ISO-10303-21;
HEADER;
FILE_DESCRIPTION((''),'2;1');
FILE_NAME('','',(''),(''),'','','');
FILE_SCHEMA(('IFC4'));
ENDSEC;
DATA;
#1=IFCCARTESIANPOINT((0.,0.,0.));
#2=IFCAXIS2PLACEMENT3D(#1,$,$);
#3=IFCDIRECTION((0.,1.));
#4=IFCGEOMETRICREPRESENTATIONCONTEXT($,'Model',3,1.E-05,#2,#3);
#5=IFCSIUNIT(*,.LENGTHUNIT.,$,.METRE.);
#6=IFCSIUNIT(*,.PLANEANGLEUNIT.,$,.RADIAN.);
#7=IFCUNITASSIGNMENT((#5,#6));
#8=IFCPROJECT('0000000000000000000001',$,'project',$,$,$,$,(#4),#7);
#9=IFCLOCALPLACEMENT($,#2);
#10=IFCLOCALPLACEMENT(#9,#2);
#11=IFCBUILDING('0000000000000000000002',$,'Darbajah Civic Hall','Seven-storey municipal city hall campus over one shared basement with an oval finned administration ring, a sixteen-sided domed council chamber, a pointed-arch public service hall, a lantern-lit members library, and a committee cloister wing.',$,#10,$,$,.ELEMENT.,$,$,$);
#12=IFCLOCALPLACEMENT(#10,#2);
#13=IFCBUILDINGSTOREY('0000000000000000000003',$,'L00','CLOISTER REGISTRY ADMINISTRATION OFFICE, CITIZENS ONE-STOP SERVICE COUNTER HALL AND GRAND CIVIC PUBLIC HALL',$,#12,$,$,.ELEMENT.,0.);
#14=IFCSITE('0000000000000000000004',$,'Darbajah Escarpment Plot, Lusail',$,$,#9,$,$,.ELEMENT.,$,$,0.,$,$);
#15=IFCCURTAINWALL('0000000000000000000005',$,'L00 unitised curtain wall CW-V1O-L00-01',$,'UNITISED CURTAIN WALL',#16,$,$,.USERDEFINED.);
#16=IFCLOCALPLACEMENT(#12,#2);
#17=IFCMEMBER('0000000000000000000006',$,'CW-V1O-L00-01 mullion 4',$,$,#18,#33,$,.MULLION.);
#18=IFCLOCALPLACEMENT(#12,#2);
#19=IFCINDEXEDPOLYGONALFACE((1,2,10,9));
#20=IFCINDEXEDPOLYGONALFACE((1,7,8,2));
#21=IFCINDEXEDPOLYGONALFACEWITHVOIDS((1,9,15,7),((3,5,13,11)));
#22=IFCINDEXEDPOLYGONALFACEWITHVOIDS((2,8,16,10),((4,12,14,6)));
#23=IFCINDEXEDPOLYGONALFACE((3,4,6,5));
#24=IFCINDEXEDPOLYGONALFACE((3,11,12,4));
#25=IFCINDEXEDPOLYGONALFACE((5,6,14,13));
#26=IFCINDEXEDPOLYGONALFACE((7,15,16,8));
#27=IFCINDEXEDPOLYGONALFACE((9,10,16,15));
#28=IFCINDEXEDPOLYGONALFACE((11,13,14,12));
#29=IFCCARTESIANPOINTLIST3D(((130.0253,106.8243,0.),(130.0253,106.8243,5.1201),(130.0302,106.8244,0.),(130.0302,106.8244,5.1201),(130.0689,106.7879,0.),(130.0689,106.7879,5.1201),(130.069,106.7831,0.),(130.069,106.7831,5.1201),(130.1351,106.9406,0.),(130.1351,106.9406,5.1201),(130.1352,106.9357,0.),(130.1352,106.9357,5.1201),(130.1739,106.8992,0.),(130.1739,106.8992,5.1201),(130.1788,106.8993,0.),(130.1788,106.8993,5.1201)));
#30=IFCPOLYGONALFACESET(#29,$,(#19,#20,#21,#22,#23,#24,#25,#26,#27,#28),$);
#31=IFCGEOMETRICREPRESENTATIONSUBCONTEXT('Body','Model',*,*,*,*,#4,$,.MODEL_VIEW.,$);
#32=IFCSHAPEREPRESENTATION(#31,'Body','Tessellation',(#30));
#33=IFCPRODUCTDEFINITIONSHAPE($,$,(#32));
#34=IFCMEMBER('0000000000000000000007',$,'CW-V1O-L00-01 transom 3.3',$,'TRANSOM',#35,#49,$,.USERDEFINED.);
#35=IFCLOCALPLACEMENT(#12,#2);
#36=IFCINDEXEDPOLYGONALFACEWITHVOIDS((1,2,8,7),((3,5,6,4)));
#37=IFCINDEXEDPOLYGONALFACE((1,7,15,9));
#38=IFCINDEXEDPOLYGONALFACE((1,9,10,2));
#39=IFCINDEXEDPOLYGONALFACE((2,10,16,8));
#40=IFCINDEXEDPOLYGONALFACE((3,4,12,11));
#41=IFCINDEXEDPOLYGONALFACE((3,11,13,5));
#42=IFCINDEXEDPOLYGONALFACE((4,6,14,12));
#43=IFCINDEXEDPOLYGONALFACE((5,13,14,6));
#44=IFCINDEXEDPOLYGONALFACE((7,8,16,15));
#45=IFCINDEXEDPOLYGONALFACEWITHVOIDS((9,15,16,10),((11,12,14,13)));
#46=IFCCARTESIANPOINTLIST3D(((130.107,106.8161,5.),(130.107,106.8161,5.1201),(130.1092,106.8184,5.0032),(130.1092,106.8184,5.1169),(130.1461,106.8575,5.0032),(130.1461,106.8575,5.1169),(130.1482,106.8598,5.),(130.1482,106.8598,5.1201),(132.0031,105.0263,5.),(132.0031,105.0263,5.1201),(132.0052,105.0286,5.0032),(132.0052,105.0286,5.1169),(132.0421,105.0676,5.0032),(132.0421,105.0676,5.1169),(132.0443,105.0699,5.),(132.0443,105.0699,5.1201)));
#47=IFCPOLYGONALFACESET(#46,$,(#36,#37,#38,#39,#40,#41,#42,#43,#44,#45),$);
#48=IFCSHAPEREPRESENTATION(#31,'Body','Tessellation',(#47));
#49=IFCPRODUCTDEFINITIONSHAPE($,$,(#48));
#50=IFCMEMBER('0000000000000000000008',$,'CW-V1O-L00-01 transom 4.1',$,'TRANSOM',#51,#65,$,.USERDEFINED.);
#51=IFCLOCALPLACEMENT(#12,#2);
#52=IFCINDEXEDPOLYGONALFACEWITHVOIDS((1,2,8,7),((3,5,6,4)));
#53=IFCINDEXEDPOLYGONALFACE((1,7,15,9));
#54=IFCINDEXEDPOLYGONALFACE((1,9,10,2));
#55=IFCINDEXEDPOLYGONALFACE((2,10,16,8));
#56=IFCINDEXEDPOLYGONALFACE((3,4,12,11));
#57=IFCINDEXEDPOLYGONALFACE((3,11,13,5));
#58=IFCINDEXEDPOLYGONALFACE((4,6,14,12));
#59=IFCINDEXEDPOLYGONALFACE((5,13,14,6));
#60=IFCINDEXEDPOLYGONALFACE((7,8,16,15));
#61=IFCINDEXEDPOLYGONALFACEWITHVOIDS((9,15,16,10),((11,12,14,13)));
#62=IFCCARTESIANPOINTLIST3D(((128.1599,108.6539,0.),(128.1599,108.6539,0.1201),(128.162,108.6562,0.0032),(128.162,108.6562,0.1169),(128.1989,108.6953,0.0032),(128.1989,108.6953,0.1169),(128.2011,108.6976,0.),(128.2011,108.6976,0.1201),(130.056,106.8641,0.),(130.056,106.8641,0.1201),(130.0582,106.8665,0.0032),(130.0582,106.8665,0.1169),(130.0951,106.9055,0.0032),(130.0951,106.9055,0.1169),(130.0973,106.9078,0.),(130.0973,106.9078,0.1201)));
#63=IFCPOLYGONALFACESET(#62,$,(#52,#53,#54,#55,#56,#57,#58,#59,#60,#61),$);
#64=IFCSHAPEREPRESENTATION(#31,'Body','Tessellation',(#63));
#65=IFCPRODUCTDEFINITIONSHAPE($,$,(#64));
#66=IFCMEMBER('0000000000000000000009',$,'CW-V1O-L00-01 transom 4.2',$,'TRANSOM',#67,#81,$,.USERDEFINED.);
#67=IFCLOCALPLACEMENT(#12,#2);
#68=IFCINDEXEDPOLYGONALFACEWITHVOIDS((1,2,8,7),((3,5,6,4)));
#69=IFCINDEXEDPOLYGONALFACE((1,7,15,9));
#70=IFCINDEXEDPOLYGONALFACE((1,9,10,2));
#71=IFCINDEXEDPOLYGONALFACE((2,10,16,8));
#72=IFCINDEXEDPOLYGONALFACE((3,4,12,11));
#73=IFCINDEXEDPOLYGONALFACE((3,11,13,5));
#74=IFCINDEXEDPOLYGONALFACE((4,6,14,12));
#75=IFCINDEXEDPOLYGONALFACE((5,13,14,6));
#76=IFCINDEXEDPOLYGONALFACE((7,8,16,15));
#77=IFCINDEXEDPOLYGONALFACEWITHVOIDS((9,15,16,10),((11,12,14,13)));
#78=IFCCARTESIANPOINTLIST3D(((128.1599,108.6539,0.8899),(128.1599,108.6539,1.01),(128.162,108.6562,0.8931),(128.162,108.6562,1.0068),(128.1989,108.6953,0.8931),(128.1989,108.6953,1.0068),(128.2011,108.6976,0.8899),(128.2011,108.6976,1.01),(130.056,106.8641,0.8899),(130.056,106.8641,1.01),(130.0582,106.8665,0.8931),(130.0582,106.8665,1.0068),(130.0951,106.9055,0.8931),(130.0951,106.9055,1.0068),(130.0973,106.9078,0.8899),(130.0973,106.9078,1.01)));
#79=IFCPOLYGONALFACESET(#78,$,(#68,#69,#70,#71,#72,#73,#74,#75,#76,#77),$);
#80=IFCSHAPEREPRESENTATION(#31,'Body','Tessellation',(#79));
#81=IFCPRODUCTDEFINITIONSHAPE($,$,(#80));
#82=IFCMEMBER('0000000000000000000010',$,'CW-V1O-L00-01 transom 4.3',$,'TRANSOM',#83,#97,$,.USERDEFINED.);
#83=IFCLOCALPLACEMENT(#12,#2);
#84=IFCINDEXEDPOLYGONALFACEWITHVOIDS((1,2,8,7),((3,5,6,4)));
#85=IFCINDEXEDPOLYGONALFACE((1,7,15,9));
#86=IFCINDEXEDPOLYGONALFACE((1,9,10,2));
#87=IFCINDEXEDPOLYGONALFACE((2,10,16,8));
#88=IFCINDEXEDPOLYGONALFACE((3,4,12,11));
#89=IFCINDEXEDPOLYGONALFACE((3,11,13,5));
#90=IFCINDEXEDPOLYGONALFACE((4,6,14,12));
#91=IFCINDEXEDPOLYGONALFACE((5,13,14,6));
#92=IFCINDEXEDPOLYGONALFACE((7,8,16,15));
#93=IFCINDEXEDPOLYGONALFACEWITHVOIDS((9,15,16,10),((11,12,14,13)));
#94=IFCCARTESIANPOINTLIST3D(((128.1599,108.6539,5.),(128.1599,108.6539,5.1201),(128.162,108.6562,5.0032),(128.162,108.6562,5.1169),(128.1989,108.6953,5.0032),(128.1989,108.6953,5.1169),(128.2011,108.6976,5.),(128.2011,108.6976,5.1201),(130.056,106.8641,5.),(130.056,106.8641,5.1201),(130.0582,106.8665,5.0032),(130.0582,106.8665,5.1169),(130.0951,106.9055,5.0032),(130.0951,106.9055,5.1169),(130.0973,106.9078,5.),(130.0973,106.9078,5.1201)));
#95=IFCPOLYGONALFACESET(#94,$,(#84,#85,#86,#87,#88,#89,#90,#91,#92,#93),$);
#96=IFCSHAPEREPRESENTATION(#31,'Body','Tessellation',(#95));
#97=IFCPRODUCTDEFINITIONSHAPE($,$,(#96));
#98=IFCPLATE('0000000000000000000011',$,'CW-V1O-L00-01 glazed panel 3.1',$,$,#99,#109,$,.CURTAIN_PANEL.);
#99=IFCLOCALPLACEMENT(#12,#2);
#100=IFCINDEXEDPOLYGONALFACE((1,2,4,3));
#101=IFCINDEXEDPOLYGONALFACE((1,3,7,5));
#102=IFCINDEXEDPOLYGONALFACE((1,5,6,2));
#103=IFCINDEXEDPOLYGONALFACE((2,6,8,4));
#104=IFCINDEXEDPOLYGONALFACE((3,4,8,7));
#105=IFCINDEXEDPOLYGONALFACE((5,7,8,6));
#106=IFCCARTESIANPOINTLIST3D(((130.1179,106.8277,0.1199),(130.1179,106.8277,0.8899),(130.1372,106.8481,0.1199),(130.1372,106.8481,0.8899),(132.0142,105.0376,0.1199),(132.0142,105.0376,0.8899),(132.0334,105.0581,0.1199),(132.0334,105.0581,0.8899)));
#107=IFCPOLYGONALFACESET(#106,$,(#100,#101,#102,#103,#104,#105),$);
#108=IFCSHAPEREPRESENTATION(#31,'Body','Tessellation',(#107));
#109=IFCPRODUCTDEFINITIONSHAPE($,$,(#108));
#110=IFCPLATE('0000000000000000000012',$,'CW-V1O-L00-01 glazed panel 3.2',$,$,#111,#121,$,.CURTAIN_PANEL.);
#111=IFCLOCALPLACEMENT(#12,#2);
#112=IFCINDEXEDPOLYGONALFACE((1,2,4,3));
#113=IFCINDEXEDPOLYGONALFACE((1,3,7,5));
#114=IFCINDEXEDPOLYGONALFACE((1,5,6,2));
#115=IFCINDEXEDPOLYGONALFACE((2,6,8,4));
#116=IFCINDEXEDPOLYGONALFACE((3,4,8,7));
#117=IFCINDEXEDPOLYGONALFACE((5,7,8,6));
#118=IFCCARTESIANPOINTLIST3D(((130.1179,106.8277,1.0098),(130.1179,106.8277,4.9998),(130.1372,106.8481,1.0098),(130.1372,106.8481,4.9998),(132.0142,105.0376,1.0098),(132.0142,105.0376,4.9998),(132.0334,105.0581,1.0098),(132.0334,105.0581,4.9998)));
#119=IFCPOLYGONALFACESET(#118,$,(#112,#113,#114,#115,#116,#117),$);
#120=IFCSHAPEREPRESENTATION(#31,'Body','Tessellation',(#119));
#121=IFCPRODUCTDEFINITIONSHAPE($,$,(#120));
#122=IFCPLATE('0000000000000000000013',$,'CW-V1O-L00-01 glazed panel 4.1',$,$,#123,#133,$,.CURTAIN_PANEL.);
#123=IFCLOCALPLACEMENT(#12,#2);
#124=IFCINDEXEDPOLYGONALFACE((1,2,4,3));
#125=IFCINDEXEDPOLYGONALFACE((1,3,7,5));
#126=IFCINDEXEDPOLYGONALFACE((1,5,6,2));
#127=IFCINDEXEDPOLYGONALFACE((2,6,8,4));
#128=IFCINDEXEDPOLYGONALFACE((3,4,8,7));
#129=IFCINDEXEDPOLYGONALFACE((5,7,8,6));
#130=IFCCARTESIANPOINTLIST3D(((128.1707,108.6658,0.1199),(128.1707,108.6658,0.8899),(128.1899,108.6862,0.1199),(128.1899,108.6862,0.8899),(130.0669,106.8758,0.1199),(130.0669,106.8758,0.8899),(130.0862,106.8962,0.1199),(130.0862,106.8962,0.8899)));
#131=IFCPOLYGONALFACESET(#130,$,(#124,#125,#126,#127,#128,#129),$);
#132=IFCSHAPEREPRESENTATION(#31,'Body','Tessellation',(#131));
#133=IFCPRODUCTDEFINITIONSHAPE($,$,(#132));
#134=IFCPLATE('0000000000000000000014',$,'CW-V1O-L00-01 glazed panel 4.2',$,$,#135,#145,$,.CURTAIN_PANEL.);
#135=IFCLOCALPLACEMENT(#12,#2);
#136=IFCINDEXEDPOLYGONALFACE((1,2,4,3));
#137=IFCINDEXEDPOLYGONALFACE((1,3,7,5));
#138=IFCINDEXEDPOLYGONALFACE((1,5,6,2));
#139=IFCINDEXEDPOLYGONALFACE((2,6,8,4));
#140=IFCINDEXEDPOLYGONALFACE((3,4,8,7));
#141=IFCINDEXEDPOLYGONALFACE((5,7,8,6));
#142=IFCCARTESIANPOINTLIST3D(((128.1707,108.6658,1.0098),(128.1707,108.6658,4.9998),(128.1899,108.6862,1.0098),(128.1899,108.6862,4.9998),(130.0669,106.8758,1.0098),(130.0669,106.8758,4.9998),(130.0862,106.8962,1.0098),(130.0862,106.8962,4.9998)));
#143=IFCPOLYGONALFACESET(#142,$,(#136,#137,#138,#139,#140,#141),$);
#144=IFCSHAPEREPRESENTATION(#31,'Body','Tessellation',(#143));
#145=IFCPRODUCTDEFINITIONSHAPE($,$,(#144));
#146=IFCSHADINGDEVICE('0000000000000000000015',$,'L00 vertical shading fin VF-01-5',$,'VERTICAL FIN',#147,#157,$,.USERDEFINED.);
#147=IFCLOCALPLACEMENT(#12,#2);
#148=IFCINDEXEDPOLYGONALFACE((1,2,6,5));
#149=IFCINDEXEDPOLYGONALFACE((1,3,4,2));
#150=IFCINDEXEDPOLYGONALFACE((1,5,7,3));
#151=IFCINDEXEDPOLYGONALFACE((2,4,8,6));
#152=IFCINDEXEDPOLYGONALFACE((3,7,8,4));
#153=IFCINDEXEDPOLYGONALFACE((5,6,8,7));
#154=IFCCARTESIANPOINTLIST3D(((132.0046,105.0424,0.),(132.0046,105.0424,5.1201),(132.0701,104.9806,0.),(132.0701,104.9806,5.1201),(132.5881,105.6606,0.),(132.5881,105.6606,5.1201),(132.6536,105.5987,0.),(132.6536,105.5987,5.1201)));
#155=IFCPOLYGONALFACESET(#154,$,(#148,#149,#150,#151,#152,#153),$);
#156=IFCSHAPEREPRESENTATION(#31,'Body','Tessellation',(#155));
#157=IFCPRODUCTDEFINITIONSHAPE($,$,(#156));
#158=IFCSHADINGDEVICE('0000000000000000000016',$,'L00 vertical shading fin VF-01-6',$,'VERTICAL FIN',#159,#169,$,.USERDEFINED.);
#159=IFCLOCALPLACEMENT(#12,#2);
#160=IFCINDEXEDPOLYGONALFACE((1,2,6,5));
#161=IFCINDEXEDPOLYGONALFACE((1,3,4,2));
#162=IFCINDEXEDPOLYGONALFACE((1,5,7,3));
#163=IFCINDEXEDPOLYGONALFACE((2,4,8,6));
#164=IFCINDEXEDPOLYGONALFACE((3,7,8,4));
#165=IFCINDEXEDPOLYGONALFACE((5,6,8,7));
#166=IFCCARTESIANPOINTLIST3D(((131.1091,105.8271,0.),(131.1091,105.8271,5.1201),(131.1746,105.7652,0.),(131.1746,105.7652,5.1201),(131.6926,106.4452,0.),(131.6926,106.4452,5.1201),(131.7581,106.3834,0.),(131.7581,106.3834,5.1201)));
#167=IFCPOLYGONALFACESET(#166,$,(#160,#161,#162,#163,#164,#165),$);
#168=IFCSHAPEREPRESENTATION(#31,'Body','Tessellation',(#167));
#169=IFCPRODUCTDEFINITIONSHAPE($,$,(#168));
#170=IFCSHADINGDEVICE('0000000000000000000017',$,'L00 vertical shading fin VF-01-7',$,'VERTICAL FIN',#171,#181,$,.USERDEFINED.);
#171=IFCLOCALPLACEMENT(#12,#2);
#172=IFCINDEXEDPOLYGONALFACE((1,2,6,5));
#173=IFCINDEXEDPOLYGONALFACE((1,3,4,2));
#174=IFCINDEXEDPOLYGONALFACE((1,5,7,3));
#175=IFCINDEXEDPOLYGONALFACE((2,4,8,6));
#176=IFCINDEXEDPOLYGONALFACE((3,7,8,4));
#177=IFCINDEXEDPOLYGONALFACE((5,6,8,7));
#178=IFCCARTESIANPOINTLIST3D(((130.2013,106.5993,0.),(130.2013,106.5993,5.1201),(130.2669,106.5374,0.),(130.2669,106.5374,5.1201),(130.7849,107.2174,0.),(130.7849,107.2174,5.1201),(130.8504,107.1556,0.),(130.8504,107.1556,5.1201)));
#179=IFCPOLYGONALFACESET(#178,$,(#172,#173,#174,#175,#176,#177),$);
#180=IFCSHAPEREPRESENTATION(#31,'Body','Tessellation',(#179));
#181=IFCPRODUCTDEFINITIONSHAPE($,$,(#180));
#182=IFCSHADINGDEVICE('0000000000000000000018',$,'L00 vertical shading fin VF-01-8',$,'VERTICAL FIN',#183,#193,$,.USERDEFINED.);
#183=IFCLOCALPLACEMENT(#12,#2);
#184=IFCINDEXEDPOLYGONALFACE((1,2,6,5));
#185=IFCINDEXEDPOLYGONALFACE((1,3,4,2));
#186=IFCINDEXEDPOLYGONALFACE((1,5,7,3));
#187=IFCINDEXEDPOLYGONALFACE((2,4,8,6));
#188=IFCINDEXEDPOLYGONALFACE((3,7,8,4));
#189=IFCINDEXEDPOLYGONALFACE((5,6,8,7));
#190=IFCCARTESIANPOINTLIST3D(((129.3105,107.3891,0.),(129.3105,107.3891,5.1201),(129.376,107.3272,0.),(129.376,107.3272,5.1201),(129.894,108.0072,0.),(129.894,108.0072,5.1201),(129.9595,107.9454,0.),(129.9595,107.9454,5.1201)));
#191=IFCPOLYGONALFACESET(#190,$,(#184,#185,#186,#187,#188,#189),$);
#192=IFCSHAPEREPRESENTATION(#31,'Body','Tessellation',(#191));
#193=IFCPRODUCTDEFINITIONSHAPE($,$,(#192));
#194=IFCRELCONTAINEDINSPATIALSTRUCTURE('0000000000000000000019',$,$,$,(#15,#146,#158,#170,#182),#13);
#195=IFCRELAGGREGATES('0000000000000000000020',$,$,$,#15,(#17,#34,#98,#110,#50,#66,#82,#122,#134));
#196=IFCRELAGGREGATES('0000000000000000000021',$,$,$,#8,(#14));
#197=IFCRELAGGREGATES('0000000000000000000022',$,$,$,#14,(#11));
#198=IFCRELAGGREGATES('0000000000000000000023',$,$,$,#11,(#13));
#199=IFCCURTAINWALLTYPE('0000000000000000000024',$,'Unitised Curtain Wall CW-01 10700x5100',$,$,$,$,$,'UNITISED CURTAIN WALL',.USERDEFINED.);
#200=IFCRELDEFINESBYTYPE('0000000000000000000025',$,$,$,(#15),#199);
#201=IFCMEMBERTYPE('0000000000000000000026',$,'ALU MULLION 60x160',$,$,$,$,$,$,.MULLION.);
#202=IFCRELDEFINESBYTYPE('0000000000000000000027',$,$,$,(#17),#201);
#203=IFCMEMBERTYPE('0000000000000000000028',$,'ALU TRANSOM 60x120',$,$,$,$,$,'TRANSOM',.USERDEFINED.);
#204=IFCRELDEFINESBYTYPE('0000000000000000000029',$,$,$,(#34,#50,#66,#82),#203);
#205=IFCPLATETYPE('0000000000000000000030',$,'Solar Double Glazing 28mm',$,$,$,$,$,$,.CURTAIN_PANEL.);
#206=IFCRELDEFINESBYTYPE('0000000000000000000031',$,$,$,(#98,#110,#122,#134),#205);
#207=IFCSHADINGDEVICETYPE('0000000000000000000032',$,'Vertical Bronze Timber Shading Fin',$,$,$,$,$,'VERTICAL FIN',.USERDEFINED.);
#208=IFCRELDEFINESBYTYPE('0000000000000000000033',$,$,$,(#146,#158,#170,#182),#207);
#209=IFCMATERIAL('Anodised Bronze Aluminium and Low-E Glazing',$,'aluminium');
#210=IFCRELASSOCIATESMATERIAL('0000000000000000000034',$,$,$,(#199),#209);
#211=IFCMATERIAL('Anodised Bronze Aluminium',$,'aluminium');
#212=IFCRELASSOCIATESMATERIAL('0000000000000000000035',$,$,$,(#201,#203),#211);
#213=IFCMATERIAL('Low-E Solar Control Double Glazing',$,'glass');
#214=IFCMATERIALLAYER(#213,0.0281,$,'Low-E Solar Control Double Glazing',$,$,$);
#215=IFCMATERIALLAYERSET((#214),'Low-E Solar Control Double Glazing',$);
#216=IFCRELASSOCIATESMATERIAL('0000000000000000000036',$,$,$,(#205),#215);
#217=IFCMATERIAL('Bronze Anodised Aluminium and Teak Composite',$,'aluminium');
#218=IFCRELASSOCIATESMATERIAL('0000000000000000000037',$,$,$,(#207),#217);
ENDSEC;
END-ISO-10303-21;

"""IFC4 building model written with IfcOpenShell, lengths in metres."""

from ifc_helpers import new_model, si_unit, direction, frame, origin, origin_2d, place, context, subcontext, project, spatial, rectangle, hollow_rectangle, extrude, material, layer, layer_set, material_profile, profile_set, type_object, element, aggregate, save


model = new_model("IFC4")

# Units and contexts
model_context = context("Model", 3, precision=1e-05, world=origin(), true_north=direction((0.0, 1.0)))
body_context = subcontext(model_context, "Body", "Model", "MODEL_VIEW")
ifc_project = project(units=[si_unit("LENGTHUNIT", "METRE"), si_unit("PLANEANGLEUNIT", "RADIAN")], contexts=[model_context])

# Site, building, storey
site_placement = place(None, origin())
site = spatial("IfcSite", under=ifc_project, at=site_placement, Name="Darbajah Escarpment Plot, Lusail", CompositionType="ELEMENT", RefElevation=0.0)
building_placement = place(site_placement, origin())
building = spatial("IfcBuilding", under=site, at=building_placement, Name="Darbajah Civic Hall", Description="Seven-storey municipal city hall campus over one shared basement with an oval finned administration ring, a sixteen-sided domed council chamber, a pointed-arch public service hall, a lantern-lit members library, and a committee cloister wing.", CompositionType="ELEMENT")
storey_placement = place(building_placement, origin())
storey = spatial("IfcBuildingStorey", under=building, at=storey_placement, Name="L00", Description="CLOISTER REGISTRY ADMINISTRATION OFFICE, CITIZENS ONE-STOP SERVICE COUNTER HALL AND GRAND CIVIC PUBLIC HALL", CompositionType="ELEMENT", Elevation=0.0)

# Curtain wall, members, plates
ifc_material_1 = material(Name="Anodised Bronze Aluminium and Low-E Glazing", Category="aluminium")
curtain_wall_type = type_object("IfcCurtainWallType", Name="Unitised Curtain Wall CW-01 10700x5100", ElementType="UNITISED CURTAIN WALL", PredefinedType="USERDEFINED", material=ifc_material_1)
curtain_wall_placement = place(storey_placement, origin())
curtain_wall = element("IfcCurtainWall", 1, at=curtain_wall_placement, inside=storey, type_object=curtain_wall_type, Name="L00 unitised curtain wall CW-V1O-L00-01", ObjectType="UNITISED CURTAIN WALL", PredefinedType="USERDEFINED")
ifc_material_2 = material(Name="Anodised Bronze Aluminium", Category="aluminium")
ifc_material_profile_1 = material_profile(ifc_material_2, hollow_rectangle(XDim=0.0601, YDim=0.1599, WallThickness=0.0034, at=origin_2d()), Name="ALU MULLION 60x160")
ifc_profile_set_1 = profile_set([ifc_material_profile_1], Name="Anodised Bronze Aluminium")
member_type_1 = type_object("IfcMemberType", Name="ALU MULLION 60x160", PredefinedType="MULLION", material=ifc_profile_set_1)
member_1_placement = place(storey_placement, frame((130.1021, 106.8618, 0.0), z_axis=(0.0, 0.0, 1.0), x_axis=(-0.727174, 0.686453, 0.0)))
member_1 = element("IfcMember", 2, at=member_1_placement, type_object=member_type_1, Name="CW-V1O-L00-01 mullion 4", PredefinedType="MULLION", context=body_context, shape_type="SweptSolid", body=[
    extrude(hollow_rectangle(XDim=0.0601, YDim=0.1599, WallThickness=0.0034, at=origin_2d()), origin(), (0.0, 0.0, 1.0), 5.1201),
])
ifc_material_profile_2 = material_profile(ifc_material_2, hollow_rectangle(XDim=0.0601, YDim=0.1201, WallThickness=0.0032, at=origin_2d()), Name="ALU TRANSOM 60x120")
ifc_profile_set_2 = profile_set([ifc_material_profile_2], Name="Anodised Bronze Aluminium")
member_type_2 = type_object("IfcMemberType", Name="ALU TRANSOM 60x120", ElementType="TRANSOM", PredefinedType="USERDEFINED", material=ifc_profile_set_2)
member_2_placement = place(storey_placement, frame((132.0237, 105.0481, 5.0601), z_axis=(-0.727179, 0.686448, 0.0), x_axis=(-0.686448, -0.727179, 0.0)))
member_2 = element("IfcMember", 3, at=member_2_placement, type_object=member_type_2, Name="CW-V1O-L00-01 transom 3.3", ObjectType="TRANSOM", PredefinedType="USERDEFINED", context=body_context, shape_type="SweptSolid", body=[
    extrude(hollow_rectangle(XDim=0.0601, YDim=0.1201, WallThickness=0.0032, at=origin_2d()), origin(), (0.0, 0.0, 1.0), 2.6074),
])
member_3_placement = place(storey_placement, frame((130.0767, 106.886, 0.0601), z_axis=(-0.727223, 0.686401, 0.0), x_axis=(-0.686401, -0.727223, 0.0)))
member_3 = element("IfcMember", 4, at=member_3_placement, type_object=member_type_2, Name="CW-V1O-L00-01 transom 4.1", ObjectType="TRANSOM", PredefinedType="USERDEFINED", context=body_context, shape_type="SweptSolid", body=[
    extrude(hollow_rectangle(XDim=0.0601, YDim=0.1201, WallThickness=0.0032, at=origin_2d()), origin(), (0.0, 0.0, 1.0), 2.6074),
])
member_4_placement = place(storey_placement, frame((130.0767, 106.886, 0.95), z_axis=(-0.727223, 0.686401, 0.0), x_axis=(-0.686401, -0.727223, 0.0)))
member_4 = element("IfcMember", 5, at=member_4_placement, type_object=member_type_2, Name="CW-V1O-L00-01 transom 4.2", ObjectType="TRANSOM", PredefinedType="USERDEFINED", context=body_context, shape_type="SweptSolid", body=[
    extrude(hollow_rectangle(XDim=0.0601, YDim=0.1201, WallThickness=0.0032, at=origin_2d()), origin(), (0.0, 0.0, 1.0), 2.6074),
])
member_5_placement = place(storey_placement, frame((130.0767, 106.886, 5.0601), z_axis=(-0.727223, 0.686401, 0.0), x_axis=(-0.686401, -0.727223, 0.0)))
member_5 = element("IfcMember", 6, at=member_5_placement, type_object=member_type_2, Name="CW-V1O-L00-01 transom 4.3", ObjectType="TRANSOM", PredefinedType="USERDEFINED", context=body_context, shape_type="SweptSolid", body=[
    extrude(hollow_rectangle(XDim=0.0601, YDim=0.1201, WallThickness=0.0032, at=origin_2d()), origin(), (0.0, 0.0, 1.0), 2.6074),
])
ifc_material_3 = material(Name="Low-E Solar Control Double Glazing", Category="glass")
ifc_layer = layer(ifc_material_3, 0.0281, Name="Low-E Solar Control Double Glazing")
ifc_layer_set = layer_set([ifc_layer], Name="Low-E Solar Control Double Glazing")
plate_type = type_object("IfcPlateType", Name="Solar Double Glazing 28mm", PredefinedType="CURTAIN_PANEL", material=ifc_layer_set)
plate_1_placement = place(storey_placement, frame((131.0757, 105.9429, 0.1199), z_axis=(0.0, 0.0, 1.0), x_axis=(-0.727174, 0.686453, 0.0)))
plate_1 = element("IfcPlate", 7, at=plate_1_placement, type_object=plate_type, Name="CW-V1O-L00-01 glazed panel 3.1", PredefinedType="CURTAIN_PANEL", context=body_context, shape_type="SweptSolid", body=[
    extrude(rectangle(XDim=2.6077, YDim=0.0281, at=origin_2d()), origin(), (0.0, 0.0, 1.0), 0.77),
])
plate_2_placement = place(storey_placement, frame((131.0757, 105.9429, 1.0098), z_axis=(0.0, 0.0, 1.0), x_axis=(-0.727174, 0.686453, 0.0)))
plate_2 = element("IfcPlate", 8, at=plate_2_placement, type_object=plate_type, Name="CW-V1O-L00-01 glazed panel 3.2", PredefinedType="CURTAIN_PANEL", context=body_context, shape_type="SweptSolid", body=[
    extrude(rectangle(XDim=2.6077, YDim=0.0281, at=origin_2d()), origin(), (0.0, 0.0, 1.0), 3.99),
])
plate_3_placement = place(storey_placement, frame((129.1284, 107.781, 0.1199), z_axis=(0.0, 0.0, 1.0), x_axis=(-0.727174, 0.686453, 0.0)))
plate_3 = element("IfcPlate", 9, at=plate_3_placement, type_object=plate_type, Name="CW-V1O-L00-01 glazed panel 4.1", PredefinedType="CURTAIN_PANEL", context=body_context, shape_type="SweptSolid", body=[
    extrude(rectangle(XDim=2.6077, YDim=0.0281, at=origin_2d()), origin(), (0.0, 0.0, 1.0), 0.77),
])
plate_4_placement = place(storey_placement, frame((129.1284, 107.781, 1.0098), z_axis=(0.0, 0.0, 1.0), x_axis=(-0.727174, 0.686453, 0.0)))
plate_4 = element("IfcPlate", 10, at=plate_4_placement, type_object=plate_type, Name="CW-V1O-L00-01 glazed panel 4.2", PredefinedType="CURTAIN_PANEL", context=body_context, shape_type="SweptSolid", body=[
    extrude(rectangle(XDim=2.6077, YDim=0.0281, at=origin_2d()), origin(), (0.0, 0.0, 1.0), 3.99),
])
aggregate(curtain_wall, [member_1, member_2, plate_1, plate_2, member_3, member_4, member_5, plate_3, plate_4])

# Shading devices
ifc_material_4 = material(Name="Bronze Anodised Aluminium and Teak Composite", Category="aluminium")
shading_device_type = type_object("IfcShadingDeviceType", Name="Vertical Bronze Timber Shading Fin", ElementType="VERTICAL FIN", PredefinedType="USERDEFINED", material=ifc_material_4)
for number, where, z_axis, x_axis, name in (
    (11, (132.3291, 105.3206, 0.0), (0.0, 0.0, 1.0), (0.686453, 0.727174, 0.0), "L00 vertical shading fin VF-01-5"),
    (12, (131.4336, 106.1052, 0.0), (0.0, 0.0, 1.0), (0.686453, 0.727174, 0.0), "L00 vertical shading fin VF-01-6"),
    (13, (130.5259, 106.8774, 0.0), (0.0, 0.0, 1.0), (0.686453, 0.727174, 0.0), "L00 vertical shading fin VF-01-7"),
    (14, (129.635, 107.6672, 0.0), (0.0, 0.0, 1.0), (0.686453, 0.727174, 0.0), "L00 vertical shading fin VF-01-8"),
):
    element("IfcShadingDevice", number, at=place(storey_placement, frame(where, z_axis=z_axis, x_axis=x_axis)), inside=storey, type_object=shading_device_type, Name=name, ObjectType="VERTICAL FIN", PredefinedType="USERDEFINED", context=body_context, shape_type="SweptSolid", body=[
        extrude(rectangle(XDim=0.8501, YDim=0.0901, at=origin_2d()), origin(), (0.0, 0.0, 1.0), 5.1201),
    ])

save(model, "model.ifc")
